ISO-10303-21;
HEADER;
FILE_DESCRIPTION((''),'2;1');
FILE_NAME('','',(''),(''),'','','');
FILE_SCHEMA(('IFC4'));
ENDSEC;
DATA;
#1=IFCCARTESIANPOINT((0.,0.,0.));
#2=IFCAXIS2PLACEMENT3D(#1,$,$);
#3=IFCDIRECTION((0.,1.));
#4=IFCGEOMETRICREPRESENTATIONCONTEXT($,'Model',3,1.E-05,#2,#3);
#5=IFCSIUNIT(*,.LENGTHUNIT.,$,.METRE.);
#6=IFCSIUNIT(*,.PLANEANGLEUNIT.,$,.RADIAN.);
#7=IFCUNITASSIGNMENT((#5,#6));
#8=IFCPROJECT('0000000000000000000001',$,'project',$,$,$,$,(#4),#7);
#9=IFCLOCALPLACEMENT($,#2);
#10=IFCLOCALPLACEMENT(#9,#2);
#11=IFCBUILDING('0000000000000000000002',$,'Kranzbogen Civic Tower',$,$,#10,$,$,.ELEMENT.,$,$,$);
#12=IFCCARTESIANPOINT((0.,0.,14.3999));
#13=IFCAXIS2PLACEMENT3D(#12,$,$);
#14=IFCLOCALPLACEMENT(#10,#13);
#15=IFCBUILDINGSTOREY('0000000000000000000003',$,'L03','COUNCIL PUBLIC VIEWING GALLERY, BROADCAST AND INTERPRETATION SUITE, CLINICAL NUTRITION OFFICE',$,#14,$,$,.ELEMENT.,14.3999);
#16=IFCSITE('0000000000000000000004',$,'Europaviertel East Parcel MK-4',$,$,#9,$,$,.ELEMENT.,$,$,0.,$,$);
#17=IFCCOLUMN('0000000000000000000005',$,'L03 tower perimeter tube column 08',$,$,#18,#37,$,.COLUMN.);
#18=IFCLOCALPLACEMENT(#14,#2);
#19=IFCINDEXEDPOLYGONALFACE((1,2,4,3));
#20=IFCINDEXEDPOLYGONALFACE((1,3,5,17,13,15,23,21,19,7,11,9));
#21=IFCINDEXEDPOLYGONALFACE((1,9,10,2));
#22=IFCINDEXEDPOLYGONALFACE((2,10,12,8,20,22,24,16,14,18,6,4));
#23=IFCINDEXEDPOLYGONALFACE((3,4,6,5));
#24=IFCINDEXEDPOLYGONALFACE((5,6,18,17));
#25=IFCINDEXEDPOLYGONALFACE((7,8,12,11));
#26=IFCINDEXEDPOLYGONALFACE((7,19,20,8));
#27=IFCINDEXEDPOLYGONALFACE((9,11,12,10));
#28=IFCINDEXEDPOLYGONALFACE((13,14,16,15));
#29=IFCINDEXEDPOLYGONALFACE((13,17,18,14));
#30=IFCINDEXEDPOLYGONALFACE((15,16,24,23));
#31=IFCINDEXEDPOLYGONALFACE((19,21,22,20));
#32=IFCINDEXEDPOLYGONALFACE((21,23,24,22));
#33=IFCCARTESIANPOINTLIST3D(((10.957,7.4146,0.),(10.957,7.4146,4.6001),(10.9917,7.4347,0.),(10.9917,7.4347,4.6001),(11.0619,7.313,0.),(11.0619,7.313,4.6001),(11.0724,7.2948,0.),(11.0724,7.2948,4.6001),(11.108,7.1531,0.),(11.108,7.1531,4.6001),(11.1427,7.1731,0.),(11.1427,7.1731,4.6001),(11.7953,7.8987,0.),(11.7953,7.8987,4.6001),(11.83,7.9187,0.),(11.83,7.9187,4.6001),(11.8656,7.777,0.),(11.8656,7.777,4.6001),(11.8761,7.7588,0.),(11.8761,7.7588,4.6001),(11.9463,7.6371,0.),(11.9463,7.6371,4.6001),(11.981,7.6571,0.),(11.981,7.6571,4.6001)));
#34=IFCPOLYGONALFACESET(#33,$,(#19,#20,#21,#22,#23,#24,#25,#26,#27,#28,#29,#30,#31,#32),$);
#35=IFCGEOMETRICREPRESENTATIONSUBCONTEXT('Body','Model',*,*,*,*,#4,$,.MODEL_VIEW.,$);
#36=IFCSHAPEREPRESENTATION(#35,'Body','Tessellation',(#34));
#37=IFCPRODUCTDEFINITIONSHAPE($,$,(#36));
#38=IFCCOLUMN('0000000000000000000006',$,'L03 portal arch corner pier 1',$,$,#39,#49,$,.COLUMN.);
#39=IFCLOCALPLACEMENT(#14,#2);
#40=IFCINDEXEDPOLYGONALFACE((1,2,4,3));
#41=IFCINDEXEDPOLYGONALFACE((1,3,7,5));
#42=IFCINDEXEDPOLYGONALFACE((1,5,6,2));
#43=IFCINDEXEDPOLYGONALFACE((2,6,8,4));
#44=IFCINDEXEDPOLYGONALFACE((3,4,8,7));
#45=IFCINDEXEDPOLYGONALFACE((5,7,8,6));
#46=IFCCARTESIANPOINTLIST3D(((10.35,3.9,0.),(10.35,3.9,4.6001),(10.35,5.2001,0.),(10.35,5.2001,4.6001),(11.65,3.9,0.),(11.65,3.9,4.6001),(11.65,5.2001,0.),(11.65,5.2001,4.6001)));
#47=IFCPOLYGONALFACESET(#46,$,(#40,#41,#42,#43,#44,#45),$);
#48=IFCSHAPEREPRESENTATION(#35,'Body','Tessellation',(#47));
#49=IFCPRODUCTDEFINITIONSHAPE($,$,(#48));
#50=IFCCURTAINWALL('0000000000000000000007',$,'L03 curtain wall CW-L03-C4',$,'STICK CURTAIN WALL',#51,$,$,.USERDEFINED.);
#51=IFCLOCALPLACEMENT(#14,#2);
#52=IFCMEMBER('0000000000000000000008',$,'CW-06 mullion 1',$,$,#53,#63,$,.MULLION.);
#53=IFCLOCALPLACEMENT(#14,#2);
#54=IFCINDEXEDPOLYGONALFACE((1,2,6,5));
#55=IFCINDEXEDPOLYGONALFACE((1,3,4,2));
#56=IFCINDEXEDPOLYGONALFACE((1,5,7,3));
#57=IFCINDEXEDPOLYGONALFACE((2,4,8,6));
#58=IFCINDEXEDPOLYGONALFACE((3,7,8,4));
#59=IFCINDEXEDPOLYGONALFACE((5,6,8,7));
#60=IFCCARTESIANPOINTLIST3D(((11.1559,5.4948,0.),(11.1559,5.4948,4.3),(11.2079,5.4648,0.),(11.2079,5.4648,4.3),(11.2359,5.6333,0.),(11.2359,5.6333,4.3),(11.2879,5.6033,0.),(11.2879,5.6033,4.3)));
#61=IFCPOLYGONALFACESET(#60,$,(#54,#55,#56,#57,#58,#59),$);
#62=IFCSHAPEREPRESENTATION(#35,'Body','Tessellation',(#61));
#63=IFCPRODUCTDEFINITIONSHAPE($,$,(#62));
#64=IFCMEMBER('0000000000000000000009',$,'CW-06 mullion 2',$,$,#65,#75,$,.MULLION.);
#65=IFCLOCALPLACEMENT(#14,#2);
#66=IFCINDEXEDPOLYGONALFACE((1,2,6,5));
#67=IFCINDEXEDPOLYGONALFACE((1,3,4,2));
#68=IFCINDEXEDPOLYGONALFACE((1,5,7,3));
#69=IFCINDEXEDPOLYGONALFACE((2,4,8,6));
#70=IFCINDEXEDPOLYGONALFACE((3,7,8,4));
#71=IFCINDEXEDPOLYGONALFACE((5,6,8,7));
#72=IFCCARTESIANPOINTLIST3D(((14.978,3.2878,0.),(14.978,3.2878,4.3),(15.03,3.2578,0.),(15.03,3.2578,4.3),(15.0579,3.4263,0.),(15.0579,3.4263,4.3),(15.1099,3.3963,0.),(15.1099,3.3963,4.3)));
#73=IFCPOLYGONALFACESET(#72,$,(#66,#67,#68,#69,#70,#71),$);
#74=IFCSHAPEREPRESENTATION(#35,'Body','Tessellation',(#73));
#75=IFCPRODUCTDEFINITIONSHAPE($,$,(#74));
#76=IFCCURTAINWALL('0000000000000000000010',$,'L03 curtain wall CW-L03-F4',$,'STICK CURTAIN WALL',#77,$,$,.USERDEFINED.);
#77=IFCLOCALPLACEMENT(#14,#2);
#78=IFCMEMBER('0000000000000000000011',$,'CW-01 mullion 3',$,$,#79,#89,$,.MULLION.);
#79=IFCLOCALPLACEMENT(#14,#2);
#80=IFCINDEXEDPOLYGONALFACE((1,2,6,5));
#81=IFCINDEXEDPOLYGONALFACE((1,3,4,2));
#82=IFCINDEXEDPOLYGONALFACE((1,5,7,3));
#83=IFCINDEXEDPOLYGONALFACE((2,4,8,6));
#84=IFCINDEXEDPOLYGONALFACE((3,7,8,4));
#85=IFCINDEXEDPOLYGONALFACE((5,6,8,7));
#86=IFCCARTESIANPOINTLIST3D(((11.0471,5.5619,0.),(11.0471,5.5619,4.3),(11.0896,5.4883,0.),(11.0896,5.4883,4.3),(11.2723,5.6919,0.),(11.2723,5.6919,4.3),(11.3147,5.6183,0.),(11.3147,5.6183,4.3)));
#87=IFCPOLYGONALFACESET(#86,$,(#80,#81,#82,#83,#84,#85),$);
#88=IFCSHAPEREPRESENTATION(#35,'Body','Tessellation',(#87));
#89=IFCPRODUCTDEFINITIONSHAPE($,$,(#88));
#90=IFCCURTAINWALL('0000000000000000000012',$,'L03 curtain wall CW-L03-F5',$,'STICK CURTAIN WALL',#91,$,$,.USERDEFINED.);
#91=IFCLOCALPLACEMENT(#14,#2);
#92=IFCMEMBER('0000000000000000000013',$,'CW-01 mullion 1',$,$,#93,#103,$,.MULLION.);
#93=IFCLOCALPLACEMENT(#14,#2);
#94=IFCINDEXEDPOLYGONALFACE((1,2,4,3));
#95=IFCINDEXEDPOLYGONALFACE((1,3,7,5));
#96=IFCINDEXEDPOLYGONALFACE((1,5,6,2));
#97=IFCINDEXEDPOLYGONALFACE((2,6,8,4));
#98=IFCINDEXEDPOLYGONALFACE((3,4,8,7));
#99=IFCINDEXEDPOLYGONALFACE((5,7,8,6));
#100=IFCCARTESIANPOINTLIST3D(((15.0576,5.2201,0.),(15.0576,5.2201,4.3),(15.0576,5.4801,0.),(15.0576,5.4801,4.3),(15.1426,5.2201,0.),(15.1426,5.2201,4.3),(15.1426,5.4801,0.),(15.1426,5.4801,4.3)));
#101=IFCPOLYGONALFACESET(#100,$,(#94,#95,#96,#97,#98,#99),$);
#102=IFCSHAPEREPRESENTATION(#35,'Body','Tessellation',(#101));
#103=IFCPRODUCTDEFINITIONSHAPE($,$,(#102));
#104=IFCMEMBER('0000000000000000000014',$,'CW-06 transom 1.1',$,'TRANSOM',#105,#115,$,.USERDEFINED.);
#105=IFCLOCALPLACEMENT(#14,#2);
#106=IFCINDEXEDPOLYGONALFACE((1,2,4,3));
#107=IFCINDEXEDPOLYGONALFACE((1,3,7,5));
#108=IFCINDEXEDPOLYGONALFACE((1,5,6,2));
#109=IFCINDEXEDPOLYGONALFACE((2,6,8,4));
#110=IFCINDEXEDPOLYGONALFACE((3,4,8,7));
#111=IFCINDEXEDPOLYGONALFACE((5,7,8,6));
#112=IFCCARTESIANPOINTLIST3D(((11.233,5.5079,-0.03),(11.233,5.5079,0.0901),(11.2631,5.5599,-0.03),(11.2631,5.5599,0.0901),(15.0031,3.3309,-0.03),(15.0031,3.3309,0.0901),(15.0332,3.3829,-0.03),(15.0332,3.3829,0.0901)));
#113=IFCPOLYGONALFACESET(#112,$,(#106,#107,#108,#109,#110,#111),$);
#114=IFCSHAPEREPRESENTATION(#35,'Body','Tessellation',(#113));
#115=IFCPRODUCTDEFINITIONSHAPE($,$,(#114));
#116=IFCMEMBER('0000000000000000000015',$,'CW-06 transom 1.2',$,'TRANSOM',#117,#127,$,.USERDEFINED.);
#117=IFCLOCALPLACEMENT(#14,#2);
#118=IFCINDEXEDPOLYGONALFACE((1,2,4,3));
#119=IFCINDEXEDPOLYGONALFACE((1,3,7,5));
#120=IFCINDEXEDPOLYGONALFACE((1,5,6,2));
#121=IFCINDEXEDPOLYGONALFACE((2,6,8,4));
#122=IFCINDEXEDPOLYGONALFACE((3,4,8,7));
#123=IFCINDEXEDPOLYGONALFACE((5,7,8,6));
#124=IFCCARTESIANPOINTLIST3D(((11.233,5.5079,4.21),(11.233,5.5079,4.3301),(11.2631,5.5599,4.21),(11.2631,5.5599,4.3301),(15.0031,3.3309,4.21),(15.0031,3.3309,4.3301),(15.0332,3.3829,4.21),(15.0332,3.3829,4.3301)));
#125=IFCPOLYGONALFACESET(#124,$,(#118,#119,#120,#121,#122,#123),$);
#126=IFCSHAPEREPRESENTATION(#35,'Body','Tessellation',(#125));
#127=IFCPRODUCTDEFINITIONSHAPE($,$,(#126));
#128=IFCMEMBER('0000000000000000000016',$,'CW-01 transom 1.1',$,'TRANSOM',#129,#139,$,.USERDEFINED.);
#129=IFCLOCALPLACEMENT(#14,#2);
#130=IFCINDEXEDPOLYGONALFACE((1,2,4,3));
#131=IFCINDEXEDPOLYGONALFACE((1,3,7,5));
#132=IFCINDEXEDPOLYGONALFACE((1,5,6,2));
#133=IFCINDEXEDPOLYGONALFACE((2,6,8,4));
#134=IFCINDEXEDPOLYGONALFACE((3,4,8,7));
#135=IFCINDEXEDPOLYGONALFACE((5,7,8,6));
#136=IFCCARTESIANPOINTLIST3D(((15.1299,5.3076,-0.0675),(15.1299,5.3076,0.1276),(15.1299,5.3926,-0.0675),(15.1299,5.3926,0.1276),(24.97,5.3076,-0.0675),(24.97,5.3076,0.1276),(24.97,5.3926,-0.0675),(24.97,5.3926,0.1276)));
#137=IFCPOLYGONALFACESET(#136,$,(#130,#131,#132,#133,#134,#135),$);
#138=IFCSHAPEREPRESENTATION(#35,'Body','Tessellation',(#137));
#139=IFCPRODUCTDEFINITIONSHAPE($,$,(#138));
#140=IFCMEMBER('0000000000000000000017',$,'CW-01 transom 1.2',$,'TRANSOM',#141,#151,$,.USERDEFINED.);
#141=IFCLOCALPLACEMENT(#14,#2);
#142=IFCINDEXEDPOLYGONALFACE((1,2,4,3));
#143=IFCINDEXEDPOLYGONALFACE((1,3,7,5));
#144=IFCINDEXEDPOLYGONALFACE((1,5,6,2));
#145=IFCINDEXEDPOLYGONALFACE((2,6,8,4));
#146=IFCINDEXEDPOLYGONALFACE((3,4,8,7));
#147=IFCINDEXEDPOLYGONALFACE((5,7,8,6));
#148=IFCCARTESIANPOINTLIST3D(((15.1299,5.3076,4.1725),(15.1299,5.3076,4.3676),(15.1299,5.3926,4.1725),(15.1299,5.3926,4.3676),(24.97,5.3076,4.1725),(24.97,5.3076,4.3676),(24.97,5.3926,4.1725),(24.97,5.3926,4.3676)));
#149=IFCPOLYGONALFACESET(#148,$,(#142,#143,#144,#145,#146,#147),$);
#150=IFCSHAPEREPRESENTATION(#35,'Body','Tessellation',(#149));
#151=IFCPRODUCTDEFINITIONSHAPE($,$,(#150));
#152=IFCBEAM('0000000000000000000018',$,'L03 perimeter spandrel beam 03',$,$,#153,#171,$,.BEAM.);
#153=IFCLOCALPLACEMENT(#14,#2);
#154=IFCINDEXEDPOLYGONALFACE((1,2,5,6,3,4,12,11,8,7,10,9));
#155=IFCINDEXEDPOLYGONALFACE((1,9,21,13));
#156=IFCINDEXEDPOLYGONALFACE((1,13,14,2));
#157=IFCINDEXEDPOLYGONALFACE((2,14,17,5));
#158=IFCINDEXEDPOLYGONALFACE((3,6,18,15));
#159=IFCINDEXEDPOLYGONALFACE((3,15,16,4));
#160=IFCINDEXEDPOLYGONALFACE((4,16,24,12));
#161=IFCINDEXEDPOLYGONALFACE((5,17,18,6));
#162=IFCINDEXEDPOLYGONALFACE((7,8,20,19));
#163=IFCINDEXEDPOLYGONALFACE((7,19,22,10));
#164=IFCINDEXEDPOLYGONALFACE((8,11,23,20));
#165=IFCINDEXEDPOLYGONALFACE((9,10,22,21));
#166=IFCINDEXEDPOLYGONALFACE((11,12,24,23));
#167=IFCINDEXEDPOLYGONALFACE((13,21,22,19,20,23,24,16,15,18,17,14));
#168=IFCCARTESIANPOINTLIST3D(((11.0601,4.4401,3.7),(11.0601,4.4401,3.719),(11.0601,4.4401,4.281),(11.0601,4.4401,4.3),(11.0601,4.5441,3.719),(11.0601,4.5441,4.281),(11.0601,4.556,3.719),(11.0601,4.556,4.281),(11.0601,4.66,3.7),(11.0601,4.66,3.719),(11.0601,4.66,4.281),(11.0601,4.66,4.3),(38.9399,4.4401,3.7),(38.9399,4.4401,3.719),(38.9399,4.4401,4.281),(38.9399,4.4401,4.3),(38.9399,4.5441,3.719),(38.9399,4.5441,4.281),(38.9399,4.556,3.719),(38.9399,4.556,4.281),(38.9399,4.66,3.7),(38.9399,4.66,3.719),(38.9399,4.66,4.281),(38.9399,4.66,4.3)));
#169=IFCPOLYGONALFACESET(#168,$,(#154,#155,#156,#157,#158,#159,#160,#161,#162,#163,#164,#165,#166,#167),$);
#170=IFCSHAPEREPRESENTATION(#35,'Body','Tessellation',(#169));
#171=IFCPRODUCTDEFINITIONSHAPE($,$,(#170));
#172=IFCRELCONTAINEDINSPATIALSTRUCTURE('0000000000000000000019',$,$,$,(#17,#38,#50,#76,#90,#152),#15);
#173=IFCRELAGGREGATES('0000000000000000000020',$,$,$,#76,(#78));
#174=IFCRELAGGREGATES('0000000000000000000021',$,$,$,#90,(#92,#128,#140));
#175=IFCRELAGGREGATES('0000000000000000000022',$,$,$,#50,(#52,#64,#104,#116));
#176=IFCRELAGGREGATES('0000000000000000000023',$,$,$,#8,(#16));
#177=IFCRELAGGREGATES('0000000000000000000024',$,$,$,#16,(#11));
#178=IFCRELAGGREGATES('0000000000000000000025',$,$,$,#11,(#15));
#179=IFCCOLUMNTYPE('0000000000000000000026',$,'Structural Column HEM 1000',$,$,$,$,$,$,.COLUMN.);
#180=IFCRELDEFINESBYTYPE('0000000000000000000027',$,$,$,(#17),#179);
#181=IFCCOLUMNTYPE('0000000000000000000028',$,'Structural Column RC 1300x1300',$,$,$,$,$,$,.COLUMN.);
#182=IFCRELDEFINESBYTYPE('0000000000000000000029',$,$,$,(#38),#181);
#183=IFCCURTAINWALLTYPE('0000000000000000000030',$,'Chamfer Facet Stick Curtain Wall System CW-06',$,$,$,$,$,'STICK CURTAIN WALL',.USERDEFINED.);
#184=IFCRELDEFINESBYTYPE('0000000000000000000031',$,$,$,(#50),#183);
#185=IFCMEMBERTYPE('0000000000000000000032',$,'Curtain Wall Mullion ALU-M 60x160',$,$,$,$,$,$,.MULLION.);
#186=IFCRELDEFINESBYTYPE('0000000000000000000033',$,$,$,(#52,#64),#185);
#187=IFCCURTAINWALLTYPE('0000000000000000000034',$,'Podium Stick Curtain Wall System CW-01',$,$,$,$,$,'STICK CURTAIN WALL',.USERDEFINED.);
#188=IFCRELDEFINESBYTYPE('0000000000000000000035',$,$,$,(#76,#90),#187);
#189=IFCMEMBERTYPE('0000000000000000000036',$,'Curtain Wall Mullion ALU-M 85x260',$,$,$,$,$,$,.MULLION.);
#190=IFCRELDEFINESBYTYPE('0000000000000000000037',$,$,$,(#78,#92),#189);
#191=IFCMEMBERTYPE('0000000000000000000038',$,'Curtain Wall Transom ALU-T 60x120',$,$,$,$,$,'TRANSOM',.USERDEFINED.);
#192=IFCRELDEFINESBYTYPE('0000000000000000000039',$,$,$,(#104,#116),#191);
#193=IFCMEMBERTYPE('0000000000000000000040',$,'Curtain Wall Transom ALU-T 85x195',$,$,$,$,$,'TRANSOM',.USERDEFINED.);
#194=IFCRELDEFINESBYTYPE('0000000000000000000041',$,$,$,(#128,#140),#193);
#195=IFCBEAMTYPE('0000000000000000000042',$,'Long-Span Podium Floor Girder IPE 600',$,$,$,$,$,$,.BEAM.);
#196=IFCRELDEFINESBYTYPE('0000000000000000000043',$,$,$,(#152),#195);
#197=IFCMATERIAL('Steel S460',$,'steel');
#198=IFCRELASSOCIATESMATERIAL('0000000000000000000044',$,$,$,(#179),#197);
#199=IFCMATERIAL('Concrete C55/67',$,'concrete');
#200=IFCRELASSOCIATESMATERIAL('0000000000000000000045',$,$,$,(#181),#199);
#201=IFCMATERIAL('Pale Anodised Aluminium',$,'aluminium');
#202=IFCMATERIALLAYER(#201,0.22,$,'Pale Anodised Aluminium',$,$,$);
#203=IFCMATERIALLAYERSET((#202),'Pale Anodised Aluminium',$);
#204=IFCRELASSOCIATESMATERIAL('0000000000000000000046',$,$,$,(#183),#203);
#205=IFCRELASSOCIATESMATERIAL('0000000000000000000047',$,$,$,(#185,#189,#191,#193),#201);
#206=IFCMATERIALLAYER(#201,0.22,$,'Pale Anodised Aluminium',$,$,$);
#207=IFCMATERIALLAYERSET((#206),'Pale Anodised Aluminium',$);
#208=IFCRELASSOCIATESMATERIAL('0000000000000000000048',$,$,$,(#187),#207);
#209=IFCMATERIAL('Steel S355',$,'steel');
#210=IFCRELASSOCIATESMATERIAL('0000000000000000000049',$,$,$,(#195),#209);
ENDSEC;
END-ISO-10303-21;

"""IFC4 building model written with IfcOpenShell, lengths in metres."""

from ifc_helpers import new_model, si_unit, direction, frame, origin, origin_2d, place, context, subcontext, project, spatial, rectangle, i_section, extrude, material, layer, layer_set, material_profile, profile_set, type_object, element, aggregate, save


model = new_model("IFC4")

# Units and contexts
model_context = context("Model", 3, precision=1e-05, world=origin(), true_north=direction((0.0, 1.0)))
body_context = subcontext(model_context, "Body", "Model", "MODEL_VIEW")
ifc_project = project(units=[si_unit("LENGTHUNIT", "METRE"), si_unit("PLANEANGLEUNIT", "RADIAN")], contexts=[model_context])

# Site, building, storey
site_placement = place(None, origin())
site = spatial("IfcSite", under=ifc_project, at=site_placement, Name="Europaviertel East Parcel MK-4", CompositionType="ELEMENT", RefElevation=0.0)
building_placement = place(site_placement, origin())
building = spatial("IfcBuilding", under=site, at=building_placement, Name="Kranzbogen Civic Tower", CompositionType="ELEMENT")
storey_placement = place(building_placement, frame((0.0, 0.0, 14.3999)))
storey = spatial("IfcBuildingStorey", under=building, at=storey_placement, Name="L03", Description="COUNCIL PUBLIC VIEWING GALLERY, BROADCAST AND INTERPRETATION SUITE, CLINICAL NUTRITION OFFICE", CompositionType="ELEMENT", Elevation=14.3999)

# Columns
ifc_material_1 = material(Name="Steel S460", Category="steel")
ifc_material_profile_1 = material_profile(ifc_material_1, i_section(OverallWidth=0.302, OverallDepth=1.0081, WebThickness=0.021, FlangeThickness=0.04, at=origin_2d()), Name="HEM 1000")
ifc_profile_set_1 = profile_set([ifc_material_profile_1], Name="Steel S460")
column_type_1 = type_object("IfcColumnType", Name="Structural Column HEM 1000", PredefinedType="COLUMN", material=ifc_profile_set_1)
column_1_placement = place(storey_placement, frame((11.469, 7.5359, 0.0), z_axis=(0.0, 0.0, 1.0), x_axis=(-0.5, 0.866025, 0.0)))
element("IfcColumn", 1, at=column_1_placement, inside=storey, type_object=column_type_1, Name="L03 tower perimeter tube column 08", PredefinedType="COLUMN", context=body_context, shape_type="SweptSolid", body=[
    extrude(i_section(OverallWidth=0.302, OverallDepth=1.0081, WebThickness=0.021, FlangeThickness=0.04, at=origin_2d()), origin(), (0.0, 0.0, 1.0), 4.6001),
])
ifc_material_2 = material(Name="Concrete C55/67", Category="concrete")
ifc_material_profile_2 = material_profile(ifc_material_2, rectangle(XDim=1.3, YDim=1.3, at=origin_2d()), Name="RC 1300x1300")
ifc_profile_set_2 = profile_set([ifc_material_profile_2], Name="Concrete C55/67")
column_type_2 = type_object("IfcColumnType", Name="Structural Column RC 1300x1300", PredefinedType="COLUMN", material=ifc_profile_set_2)
column_2_placement = place(storey_placement, frame((11.0, 4.55, 0.0), z_axis=(0.0, 0.0, 1.0), x_axis=(1.0, 0.0, 0.0)))
element("IfcColumn", 2, at=column_2_placement, inside=storey, type_object=column_type_2, Name="L03 portal arch corner pier 1", PredefinedType="COLUMN", context=body_context, shape_type="SweptSolid", body=[
    extrude(rectangle(XDim=1.3, YDim=1.3, at=origin_2d()), origin(), (0.0, 0.0, 1.0), 4.6001),
])

# Curtain wall, members
ifc_material_3 = material(Name="Pale Anodised Aluminium", Category="aluminium")
ifc_layer_1 = layer(ifc_material_3, 0.22, Name="Pale Anodised Aluminium")
ifc_layer_set_1 = layer_set([ifc_layer_1], Name="Pale Anodised Aluminium")
curtain_wall_type_1 = type_object("IfcCurtainWallType", Name="Chamfer Facet Stick Curtain Wall System CW-06", ElementType="STICK CURTAIN WALL", PredefinedType="USERDEFINED", material=ifc_layer_set_1)
curtain_wall_1_placement = place(storey_placement, origin())
curtain_wall_1 = element("IfcCurtainWall", 3, at=curtain_wall_1_placement, inside=storey, type_object=curtain_wall_type_1, Name="L03 curtain wall CW-L03-C4", ObjectType="STICK CURTAIN WALL", PredefinedType="USERDEFINED")
ifc_material_profile_3 = material_profile(ifc_material_3, rectangle(XDim=0.0601, YDim=0.1599, at=origin_2d()), Name="ALU-M 60x160")
ifc_profile_set_3 = profile_set([ifc_material_profile_3], Name="Pale Anodised Aluminium")
member_type_1 = type_object("IfcMemberType", Name="Curtain Wall Mullion ALU-M 60x160", PredefinedType="MULLION", material=ifc_profile_set_3)
member_1_placement = place(storey_placement, frame((11.2219, 5.5491, 0.0), z_axis=(0.0, 0.0, 1.0), x_axis=(0.865992, -0.500058, 0.0)))
member_1 = element("IfcMember", 4, at=member_1_placement, type_object=member_type_1, Name="CW-06 mullion 1", PredefinedType="MULLION", context=body_context, shape_type="SweptSolid", body=[
    extrude(rectangle(XDim=0.0601, YDim=0.1599, at=origin_2d()), origin(), (0.0, 0.0, 1.0), 4.3),
])
member_2_placement = place(storey_placement, frame((15.0439, 3.342, 0.0), z_axis=(0.0, 0.0, 1.0), x_axis=(0.865992, -0.500058, 0.0)))
member_2 = element("IfcMember", 5, at=member_2_placement, type_object=member_type_1, Name="CW-06 mullion 2", PredefinedType="MULLION", context=body_context, shape_type="SweptSolid", body=[
    extrude(rectangle(XDim=0.0601, YDim=0.1599, at=origin_2d()), origin(), (0.0, 0.0, 1.0), 4.3),
])

# Curtain walls, members
ifc_layer_2 = layer(ifc_material_3, 0.22, Name="Pale Anodised Aluminium")
ifc_layer_set_2 = layer_set([ifc_layer_2], Name="Pale Anodised Aluminium")
curtain_wall_type_2 = type_object("IfcCurtainWallType", Name="Podium Stick Curtain Wall System CW-01", ElementType="STICK CURTAIN WALL", PredefinedType="USERDEFINED", material=ifc_layer_set_2)
curtain_wall_2_placement = place(storey_placement, origin())
curtain_wall_2 = element("IfcCurtainWall", 6, at=curtain_wall_2_placement, inside=storey, type_object=curtain_wall_type_2, Name="L03 curtain wall CW-L03-F4", ObjectType="STICK CURTAIN WALL", PredefinedType="USERDEFINED")
ifc_material_profile_4 = material_profile(ifc_material_3, rectangle(XDim=0.085, YDim=0.26, at=origin_2d()), Name="ALU-M 85x260")
ifc_profile_set_4 = profile_set([ifc_material_profile_4], Name="Pale Anodised Aluminium")
member_type_2 = type_object("IfcMemberType", Name="Curtain Wall Mullion ALU-M 85x260", PredefinedType="MULLION", material=ifc_profile_set_4)
member_3_placement = place(storey_placement, frame((11.1809, 5.5901, 0.0), z_axis=(0.0, 0.0, 1.0), x_axis=(0.500006, -0.866022, 0.0)))
member_3 = element("IfcMember", 7, at=member_3_placement, type_object=member_type_2, Name="CW-01 mullion 3", PredefinedType="MULLION", context=body_context, shape_type="SweptSolid", body=[
    extrude(rectangle(XDim=0.085, YDim=0.26, at=origin_2d()), origin(), (0.0, 0.0, 1.0), 4.3),
])
aggregate(curtain_wall_2, [member_3])
curtain_wall_3_placement = place(storey_placement, origin())
curtain_wall_3 = element("IfcCurtainWall", 8, at=curtain_wall_3_placement, inside=storey, type_object=curtain_wall_type_2, Name="L03 curtain wall CW-L03-F5", ObjectType="STICK CURTAIN WALL", PredefinedType="USERDEFINED")
member_4_placement = place(storey_placement, frame((15.1001, 5.3501, 0.0), z_axis=(0.0, 0.0, 1.0), x_axis=(1.0, 0.0, 0.0)))
member_4 = element("IfcMember", 9, at=member_4_placement, type_object=member_type_2, Name="CW-01 mullion 1", PredefinedType="MULLION", context=body_context, shape_type="SweptSolid", body=[
    extrude(rectangle(XDim=0.085, YDim=0.26, at=origin_2d()), origin(), (0.0, 0.0, 1.0), 4.3),
])

# Members
ifc_material_profile_5 = material_profile(ifc_material_3, rectangle(XDim=0.0601, YDim=0.1201, at=origin_2d()), Name="ALU-T 60x120")
ifc_profile_set_5 = profile_set([ifc_material_profile_5], Name="Pale Anodised Aluminium")
member_type_3 = type_object("IfcMemberType", Name="Curtain Wall Transom ALU-T 60x120", ElementType="TRANSOM", PredefinedType="USERDEFINED", material=ifc_profile_set_5)
member_5_placement = place(storey_placement, frame((11.248, 5.5339, 0.03), z_axis=(0.865988, -0.500065, 0.0), x_axis=(0.500065, 0.865988, 0.0)))
member_5 = element("IfcMember", 10, at=member_5_placement, type_object=member_type_3, Name="CW-06 transom 1.1", ObjectType="TRANSOM", PredefinedType="USERDEFINED", context=body_context, shape_type="SweptSolid", body=[
    extrude(rectangle(XDim=0.0601, YDim=0.1201, at=origin_2d()), origin(), (0.0, 0.0, 1.0), 4.3535),
])
member_6_placement = place(storey_placement, frame((11.248, 5.5339, 4.27), z_axis=(0.865988, -0.500065, 0.0), x_axis=(0.500065, 0.865988, 0.0)))
member_6 = element("IfcMember", 11, at=member_6_placement, type_object=member_type_3, Name="CW-06 transom 1.2", ObjectType="TRANSOM", PredefinedType="USERDEFINED", context=body_context, shape_type="SweptSolid", body=[
    extrude(rectangle(XDim=0.0601, YDim=0.1201, at=origin_2d()), origin(), (0.0, 0.0, 1.0), 4.3535),
])
ifc_material_profile_6 = material_profile(ifc_material_3, rectangle(XDim=0.085, YDim=0.1951, at=origin_2d()), Name="ALU-T 85x195")
ifc_profile_set_6 = profile_set([ifc_material_profile_6], Name="Pale Anodised Aluminium")
member_type_4 = type_object("IfcMemberType", Name="Curtain Wall Transom ALU-T 85x195", ElementType="TRANSOM", PredefinedType="USERDEFINED", material=ifc_profile_set_6)
member_7_placement = place(storey_placement, frame((15.1299, 5.3501, 0.03), z_axis=(1.0, 0.0, 0.0), x_axis=(0.0, 1.0, 0.0)))
member_7 = element("IfcMember", 12, at=member_7_placement, type_object=member_type_4, Name="CW-01 transom 1.1", ObjectType="TRANSOM", PredefinedType="USERDEFINED", context=body_context, shape_type="SweptSolid", body=[
    extrude(rectangle(XDim=0.085, YDim=0.1951, at=origin_2d()), origin(), (0.0, 0.0, 1.0), 9.8401),
])
member_8_placement = place(storey_placement, frame((15.1299, 5.3501, 4.27), z_axis=(1.0, 0.0, 0.0), x_axis=(0.0, 1.0, 0.0)))
member_8 = element("IfcMember", 13, at=member_8_placement, type_object=member_type_4, Name="CW-01 transom 1.2", ObjectType="TRANSOM", PredefinedType="USERDEFINED", context=body_context, shape_type="SweptSolid", body=[
    extrude(rectangle(XDim=0.085, YDim=0.1951, at=origin_2d()), origin(), (0.0, 0.0, 1.0), 9.8401),
])
aggregate(curtain_wall_3, [member_4, member_7, member_8])

# Beam
ifc_material_4 = material(Name="Steel S355", Category="steel")
ifc_material_profile_7 = material_profile(ifc_material_4, i_section(OverallWidth=0.22, OverallDepth=0.6001, WebThickness=0.012, FlangeThickness=0.019, at=origin_2d()), Name="IPE 600")
ifc_profile_set_7 = profile_set([ifc_material_profile_7], Name="Steel S355")
beam_type_1 = type_object("IfcBeamType", Name="Long-Span Podium Floor Girder IPE 600", PredefinedType="BEAM", material=ifc_profile_set_7)
beam_1_placement = place(storey_placement, frame((11.0601, 4.55, 4.0), z_axis=(1.0, 0.0, 0.0), x_axis=(0.0, 1.0, 0.0)))
element("IfcBeam", 14, at=beam_1_placement, inside=storey, type_object=beam_type_1, Name="L03 perimeter spandrel beam 03", PredefinedType="BEAM", context=body_context, shape_type="SweptSolid", body=[
    extrude(i_section(OverallWidth=0.22, OverallDepth=0.6001, WebThickness=0.012, FlangeThickness=0.019, at=origin_2d()), origin(), (0.0, 0.0, 1.0), 27.8799),
])

aggregate(curtain_wall_1, [member_1, member_2, member_5, member_6])

save(model, "model.ifc")
